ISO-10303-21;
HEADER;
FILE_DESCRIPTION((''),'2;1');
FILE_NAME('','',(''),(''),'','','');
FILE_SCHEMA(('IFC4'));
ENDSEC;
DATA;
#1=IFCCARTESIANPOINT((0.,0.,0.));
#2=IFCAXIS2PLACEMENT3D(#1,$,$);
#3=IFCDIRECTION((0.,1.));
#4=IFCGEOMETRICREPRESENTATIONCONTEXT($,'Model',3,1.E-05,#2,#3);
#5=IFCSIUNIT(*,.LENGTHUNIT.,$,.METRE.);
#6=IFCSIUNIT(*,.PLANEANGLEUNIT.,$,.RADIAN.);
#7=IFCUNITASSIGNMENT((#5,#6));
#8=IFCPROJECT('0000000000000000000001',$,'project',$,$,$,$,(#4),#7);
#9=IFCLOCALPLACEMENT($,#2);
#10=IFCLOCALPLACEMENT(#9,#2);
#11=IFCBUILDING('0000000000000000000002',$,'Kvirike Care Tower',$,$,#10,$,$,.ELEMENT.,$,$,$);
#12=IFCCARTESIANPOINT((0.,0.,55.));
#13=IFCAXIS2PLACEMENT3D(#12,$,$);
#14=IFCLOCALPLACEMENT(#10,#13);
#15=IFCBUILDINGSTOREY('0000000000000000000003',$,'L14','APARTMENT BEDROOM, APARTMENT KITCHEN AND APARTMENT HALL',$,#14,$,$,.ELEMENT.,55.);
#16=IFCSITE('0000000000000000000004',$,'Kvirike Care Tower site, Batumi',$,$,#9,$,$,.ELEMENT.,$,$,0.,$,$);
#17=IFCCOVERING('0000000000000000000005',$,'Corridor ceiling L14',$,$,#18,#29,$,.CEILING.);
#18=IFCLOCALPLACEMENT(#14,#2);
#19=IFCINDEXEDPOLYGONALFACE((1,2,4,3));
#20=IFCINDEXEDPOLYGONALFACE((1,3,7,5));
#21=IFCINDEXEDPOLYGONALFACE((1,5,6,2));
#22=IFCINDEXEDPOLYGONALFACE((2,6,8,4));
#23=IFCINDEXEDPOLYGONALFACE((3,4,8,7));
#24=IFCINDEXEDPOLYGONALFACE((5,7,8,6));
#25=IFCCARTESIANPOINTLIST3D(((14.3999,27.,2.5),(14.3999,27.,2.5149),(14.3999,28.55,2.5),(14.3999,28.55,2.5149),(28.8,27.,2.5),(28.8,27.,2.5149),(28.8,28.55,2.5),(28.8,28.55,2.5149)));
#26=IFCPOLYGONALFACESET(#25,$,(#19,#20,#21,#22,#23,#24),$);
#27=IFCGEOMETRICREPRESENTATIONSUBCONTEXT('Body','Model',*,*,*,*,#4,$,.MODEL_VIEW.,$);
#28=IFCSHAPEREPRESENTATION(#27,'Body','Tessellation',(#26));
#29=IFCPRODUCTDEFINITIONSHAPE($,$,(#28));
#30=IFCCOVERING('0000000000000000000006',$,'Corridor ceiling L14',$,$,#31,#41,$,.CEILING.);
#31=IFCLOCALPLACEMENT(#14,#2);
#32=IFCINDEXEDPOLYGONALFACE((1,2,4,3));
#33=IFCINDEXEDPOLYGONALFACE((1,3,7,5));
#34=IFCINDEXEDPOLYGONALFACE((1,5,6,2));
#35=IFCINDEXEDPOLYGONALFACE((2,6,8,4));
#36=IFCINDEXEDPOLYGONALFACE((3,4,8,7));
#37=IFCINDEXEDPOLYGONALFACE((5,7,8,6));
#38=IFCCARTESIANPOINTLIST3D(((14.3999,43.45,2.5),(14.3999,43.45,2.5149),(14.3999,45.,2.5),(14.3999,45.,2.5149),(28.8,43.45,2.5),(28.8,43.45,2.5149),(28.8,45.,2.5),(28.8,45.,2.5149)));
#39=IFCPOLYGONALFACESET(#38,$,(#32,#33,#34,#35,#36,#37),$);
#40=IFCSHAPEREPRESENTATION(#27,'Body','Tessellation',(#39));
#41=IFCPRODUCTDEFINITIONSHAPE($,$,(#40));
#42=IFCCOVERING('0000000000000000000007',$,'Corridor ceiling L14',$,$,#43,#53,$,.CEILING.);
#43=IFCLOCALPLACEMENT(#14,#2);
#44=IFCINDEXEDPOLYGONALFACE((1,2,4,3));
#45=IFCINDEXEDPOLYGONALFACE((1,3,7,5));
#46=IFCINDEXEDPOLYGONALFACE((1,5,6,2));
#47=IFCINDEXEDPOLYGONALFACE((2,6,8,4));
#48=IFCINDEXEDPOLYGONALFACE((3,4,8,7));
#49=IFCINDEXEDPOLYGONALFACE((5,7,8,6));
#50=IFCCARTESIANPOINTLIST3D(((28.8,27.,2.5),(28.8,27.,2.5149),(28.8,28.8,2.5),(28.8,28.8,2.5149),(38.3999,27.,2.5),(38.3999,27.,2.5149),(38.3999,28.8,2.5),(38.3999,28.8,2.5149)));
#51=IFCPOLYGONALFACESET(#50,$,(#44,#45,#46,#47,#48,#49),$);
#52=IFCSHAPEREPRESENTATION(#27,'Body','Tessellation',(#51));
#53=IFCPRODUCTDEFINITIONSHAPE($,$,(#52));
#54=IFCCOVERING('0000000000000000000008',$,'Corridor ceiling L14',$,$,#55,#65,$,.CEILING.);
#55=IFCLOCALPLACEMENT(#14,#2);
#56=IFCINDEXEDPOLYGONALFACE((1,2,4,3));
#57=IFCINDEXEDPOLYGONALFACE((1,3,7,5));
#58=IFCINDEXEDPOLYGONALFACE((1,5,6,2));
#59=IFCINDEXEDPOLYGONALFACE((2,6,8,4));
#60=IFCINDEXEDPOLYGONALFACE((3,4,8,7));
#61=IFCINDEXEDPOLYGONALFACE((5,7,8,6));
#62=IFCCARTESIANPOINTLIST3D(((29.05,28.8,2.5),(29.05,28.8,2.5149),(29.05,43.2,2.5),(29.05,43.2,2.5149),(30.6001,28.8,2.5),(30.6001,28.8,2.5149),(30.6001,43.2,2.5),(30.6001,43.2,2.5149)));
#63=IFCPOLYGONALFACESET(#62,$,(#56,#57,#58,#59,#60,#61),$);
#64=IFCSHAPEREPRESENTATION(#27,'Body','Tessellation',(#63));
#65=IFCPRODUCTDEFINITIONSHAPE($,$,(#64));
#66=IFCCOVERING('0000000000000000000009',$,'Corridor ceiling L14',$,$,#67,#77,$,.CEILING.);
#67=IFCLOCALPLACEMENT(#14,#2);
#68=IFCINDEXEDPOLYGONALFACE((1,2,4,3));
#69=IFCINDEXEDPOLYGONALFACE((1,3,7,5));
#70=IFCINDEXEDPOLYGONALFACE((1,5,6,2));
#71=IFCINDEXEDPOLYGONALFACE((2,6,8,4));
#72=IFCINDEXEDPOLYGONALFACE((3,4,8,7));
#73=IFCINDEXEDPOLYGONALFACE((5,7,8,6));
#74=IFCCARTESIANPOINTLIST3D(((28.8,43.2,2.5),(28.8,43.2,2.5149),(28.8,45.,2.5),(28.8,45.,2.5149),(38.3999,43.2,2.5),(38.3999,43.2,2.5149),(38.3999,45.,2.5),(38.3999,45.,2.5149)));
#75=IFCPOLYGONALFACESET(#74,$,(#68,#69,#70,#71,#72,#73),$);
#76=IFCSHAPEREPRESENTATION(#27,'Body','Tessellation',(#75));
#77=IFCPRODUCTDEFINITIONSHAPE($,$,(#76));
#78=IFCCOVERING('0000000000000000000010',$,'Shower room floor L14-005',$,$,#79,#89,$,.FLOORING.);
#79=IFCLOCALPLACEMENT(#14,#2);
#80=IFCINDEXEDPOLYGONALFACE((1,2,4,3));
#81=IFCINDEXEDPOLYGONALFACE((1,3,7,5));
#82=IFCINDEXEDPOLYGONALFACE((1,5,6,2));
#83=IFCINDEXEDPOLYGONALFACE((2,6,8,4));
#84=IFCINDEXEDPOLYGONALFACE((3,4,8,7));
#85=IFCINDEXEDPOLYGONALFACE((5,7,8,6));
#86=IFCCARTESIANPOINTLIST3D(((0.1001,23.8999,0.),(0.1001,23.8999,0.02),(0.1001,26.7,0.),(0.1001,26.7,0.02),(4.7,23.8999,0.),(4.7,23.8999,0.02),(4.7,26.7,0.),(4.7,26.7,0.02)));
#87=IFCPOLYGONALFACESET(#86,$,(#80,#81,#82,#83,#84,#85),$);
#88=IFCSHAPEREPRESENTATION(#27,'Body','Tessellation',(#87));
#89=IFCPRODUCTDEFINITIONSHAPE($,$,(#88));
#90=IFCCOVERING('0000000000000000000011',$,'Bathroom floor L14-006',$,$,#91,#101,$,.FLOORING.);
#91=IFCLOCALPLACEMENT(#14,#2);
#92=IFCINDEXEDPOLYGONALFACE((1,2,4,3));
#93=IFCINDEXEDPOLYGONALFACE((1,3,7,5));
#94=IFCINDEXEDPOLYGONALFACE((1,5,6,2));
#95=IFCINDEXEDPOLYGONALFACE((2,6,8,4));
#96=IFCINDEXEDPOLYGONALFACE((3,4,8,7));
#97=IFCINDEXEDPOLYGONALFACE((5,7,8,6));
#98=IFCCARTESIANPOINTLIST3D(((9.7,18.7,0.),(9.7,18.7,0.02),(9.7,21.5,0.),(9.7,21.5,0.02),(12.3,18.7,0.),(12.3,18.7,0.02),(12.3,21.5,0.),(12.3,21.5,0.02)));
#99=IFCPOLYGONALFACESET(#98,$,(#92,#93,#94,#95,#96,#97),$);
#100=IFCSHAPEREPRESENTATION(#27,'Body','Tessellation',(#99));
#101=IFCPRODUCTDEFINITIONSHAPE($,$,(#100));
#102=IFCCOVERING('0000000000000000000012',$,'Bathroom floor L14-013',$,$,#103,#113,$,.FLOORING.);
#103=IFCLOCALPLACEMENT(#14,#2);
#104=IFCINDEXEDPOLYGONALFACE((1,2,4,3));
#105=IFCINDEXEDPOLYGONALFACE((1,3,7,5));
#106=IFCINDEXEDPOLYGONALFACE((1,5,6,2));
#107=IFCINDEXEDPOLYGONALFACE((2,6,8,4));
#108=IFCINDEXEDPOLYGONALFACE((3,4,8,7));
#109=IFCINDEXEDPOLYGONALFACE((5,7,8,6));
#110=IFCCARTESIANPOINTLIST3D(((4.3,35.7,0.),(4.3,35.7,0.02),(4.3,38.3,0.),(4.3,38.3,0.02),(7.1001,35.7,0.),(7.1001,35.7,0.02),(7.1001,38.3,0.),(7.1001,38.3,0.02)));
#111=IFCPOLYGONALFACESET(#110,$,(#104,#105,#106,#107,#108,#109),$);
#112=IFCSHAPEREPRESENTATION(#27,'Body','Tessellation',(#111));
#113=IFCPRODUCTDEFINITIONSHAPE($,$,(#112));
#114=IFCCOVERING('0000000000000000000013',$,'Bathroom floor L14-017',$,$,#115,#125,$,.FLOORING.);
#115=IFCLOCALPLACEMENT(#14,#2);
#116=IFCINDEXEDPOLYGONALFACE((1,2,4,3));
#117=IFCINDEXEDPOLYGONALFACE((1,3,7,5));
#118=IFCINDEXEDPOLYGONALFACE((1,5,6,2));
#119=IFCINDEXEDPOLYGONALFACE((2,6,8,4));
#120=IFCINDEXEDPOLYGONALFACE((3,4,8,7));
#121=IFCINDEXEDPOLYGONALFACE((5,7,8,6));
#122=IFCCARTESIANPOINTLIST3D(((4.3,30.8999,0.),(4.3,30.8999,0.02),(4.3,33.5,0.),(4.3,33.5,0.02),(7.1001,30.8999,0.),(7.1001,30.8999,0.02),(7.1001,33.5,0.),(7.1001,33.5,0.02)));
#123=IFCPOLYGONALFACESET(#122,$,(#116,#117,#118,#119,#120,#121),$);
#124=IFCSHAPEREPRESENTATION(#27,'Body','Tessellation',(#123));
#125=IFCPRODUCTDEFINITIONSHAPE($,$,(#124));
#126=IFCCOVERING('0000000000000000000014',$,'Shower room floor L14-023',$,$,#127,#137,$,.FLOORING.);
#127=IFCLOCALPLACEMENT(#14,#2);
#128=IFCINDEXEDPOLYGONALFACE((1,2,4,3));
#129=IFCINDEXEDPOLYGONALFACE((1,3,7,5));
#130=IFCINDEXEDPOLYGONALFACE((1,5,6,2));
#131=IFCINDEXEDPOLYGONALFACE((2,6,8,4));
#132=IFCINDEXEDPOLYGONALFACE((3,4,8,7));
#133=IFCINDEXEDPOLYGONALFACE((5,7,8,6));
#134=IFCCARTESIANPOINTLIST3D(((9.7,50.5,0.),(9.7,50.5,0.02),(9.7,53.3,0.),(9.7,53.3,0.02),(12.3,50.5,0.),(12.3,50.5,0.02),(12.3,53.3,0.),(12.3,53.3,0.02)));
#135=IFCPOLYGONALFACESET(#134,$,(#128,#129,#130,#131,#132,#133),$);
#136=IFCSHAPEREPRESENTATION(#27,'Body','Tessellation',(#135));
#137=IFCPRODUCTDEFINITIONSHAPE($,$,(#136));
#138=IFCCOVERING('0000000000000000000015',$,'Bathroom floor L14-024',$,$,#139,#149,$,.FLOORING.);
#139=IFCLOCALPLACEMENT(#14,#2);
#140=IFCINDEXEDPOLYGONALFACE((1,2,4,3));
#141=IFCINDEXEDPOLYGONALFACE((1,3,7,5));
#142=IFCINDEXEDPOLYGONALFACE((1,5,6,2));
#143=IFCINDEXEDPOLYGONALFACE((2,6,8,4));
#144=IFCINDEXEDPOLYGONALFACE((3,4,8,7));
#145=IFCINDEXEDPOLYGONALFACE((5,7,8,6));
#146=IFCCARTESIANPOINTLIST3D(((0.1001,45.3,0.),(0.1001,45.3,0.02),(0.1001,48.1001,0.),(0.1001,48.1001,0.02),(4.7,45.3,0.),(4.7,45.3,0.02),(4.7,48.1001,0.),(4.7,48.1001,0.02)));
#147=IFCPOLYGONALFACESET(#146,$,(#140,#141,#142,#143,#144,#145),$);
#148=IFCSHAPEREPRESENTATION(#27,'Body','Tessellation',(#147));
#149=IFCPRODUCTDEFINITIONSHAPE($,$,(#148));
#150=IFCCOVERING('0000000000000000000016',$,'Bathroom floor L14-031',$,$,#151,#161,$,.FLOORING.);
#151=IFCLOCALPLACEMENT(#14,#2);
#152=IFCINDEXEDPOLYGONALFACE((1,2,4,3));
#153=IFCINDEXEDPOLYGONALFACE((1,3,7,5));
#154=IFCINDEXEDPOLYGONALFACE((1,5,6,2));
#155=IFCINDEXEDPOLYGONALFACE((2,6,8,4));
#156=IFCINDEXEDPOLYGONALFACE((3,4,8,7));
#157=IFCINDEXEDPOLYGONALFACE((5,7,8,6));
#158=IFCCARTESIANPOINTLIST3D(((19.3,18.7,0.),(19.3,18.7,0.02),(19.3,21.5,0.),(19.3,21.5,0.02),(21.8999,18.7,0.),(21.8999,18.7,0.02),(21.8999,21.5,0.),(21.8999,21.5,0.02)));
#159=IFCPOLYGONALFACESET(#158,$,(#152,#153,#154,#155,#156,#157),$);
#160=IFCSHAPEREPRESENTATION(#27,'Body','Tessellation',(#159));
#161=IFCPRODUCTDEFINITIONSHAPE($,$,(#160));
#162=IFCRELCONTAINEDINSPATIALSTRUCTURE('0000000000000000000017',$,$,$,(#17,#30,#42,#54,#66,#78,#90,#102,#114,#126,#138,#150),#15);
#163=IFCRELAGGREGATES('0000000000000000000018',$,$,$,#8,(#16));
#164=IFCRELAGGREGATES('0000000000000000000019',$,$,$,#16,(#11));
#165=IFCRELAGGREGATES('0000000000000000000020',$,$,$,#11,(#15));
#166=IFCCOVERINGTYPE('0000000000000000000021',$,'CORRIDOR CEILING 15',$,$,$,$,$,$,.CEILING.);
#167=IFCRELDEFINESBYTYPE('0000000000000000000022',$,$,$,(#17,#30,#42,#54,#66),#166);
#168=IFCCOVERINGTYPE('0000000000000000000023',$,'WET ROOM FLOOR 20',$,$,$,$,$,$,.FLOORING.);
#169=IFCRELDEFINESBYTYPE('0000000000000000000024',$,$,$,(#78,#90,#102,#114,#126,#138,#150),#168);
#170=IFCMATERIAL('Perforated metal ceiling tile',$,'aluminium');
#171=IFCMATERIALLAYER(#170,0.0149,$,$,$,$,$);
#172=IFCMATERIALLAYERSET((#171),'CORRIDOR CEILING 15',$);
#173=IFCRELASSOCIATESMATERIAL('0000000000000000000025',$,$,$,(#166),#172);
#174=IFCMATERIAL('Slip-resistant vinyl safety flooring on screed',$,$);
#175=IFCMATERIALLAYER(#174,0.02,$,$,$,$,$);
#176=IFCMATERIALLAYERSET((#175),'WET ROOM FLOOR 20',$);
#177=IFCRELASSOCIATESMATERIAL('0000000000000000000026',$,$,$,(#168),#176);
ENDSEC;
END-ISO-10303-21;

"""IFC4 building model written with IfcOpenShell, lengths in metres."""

from ifc_helpers import new_model, si_unit, direction, frame, origin, place, context, subcontext, project, spatial, polyline, outline, extrude, material, layer, layer_set, type_object, element, save


model = new_model("IFC4")

# Units and contexts
model_context = context("Model", 3, precision=1e-05, world=origin(), true_north=direction((0.0, 1.0)))
body_context = subcontext(model_context, "Body", "Model", "MODEL_VIEW")
ifc_project = project(units=[si_unit("LENGTHUNIT", "METRE"), si_unit("PLANEANGLEUNIT", "RADIAN")], contexts=[model_context])

# Site, building, storey
site_placement = place(None, origin())
site = spatial("IfcSite", under=ifc_project, at=site_placement, Name="Kvirike Care Tower site, Batumi", CompositionType="ELEMENT", RefElevation=0.0)
building_placement = place(site_placement, origin())
building = spatial("IfcBuilding", under=site, at=building_placement, Name="Kvirike Care Tower", CompositionType="ELEMENT")
storey_placement = place(building_placement, frame((0.0, 0.0, 55.0)))
storey = spatial("IfcBuildingStorey", under=building, at=storey_placement, Name="L14", Description="APARTMENT BEDROOM, APARTMENT KITCHEN AND APARTMENT HALL", CompositionType="ELEMENT", Elevation=55.0)

# Coverings
ifc_material_1 = material(Name="Perforated metal ceiling tile", Category="aluminium")
ifc_layer_1 = layer(ifc_material_1, 0.0149)
ifc_layer_set_1 = layer_set([ifc_layer_1], Name="CORRIDOR CEILING 15")
covering_type_1 = type_object("IfcCoveringType", Name="CORRIDOR CEILING 15", PredefinedType="CEILING", material=ifc_layer_set_1)
covering_1_placement = place(storey_placement, frame((0.0, 0.0, 2.5)))
element("IfcCovering", 1, at=covering_1_placement, inside=storey, type_object=covering_type_1, Name="Corridor ceiling L14", PredefinedType="CEILING", context=body_context, shape_type="SweptSolid", body=[
    extrude(outline(polyline([(14.3999, 27.0), (14.3999, 28.55), (28.8, 28.55), (28.8, 27.0), (14.3999, 27.0)])), origin(), (0.0, 0.0, 1.0), 0.0149),
])
covering_2_placement = place(storey_placement, frame((0.0, 0.0, 2.5)))
element("IfcCovering", 2, at=covering_2_placement, inside=storey, type_object=covering_type_1, Name="Corridor ceiling L14", PredefinedType="CEILING", context=body_context, shape_type="SweptSolid", body=[
    extrude(outline(polyline([(28.8, 45.0), (28.8, 43.45), (14.3999, 43.45), (14.3999, 45.0), (28.8, 45.0)])), origin(), (0.0, 0.0, 1.0), 0.0149),
])
covering_3_placement = place(storey_placement, frame((0.0, 0.0, 2.5)))
element("IfcCovering", 3, at=covering_3_placement, inside=storey, type_object=covering_type_1, Name="Corridor ceiling L14", PredefinedType="CEILING", context=body_context, shape_type="SweptSolid", body=[
    extrude(outline(polyline([(28.8, 27.0), (28.8, 28.8), (38.3999, 28.8), (38.3999, 27.0), (28.8, 27.0)])), origin(), (0.0, 0.0, 1.0), 0.0149),
])
covering_4_placement = place(storey_placement, frame((0.0, 0.0, 2.5)))
element("IfcCovering", 4, at=covering_4_placement, inside=storey, type_object=covering_type_1, Name="Corridor ceiling L14", PredefinedType="CEILING", context=body_context, shape_type="SweptSolid", body=[
    extrude(outline(polyline([(30.6001, 28.8), (29.05, 28.8), (29.05, 43.2), (30.6001, 43.2), (30.6001, 28.8)])), origin(), (0.0, 0.0, 1.0), 0.0149),
])
covering_5_placement = place(storey_placement, frame((0.0, 0.0, 2.5)))
element("IfcCovering", 5, at=covering_5_placement, inside=storey, type_object=covering_type_1, Name="Corridor ceiling L14", PredefinedType="CEILING", context=body_context, shape_type="SweptSolid", body=[
    extrude(outline(polyline([(38.3999, 45.0), (38.3999, 43.2), (28.8, 43.2), (28.8, 45.0), (38.3999, 45.0)])), origin(), (0.0, 0.0, 1.0), 0.0149),
])
ifc_material_2 = material(Name="Slip-resistant vinyl safety flooring on screed")
ifc_layer_2 = layer(ifc_material_2, 0.02)
ifc_layer_set_2 = layer_set([ifc_layer_2], Name="WET ROOM FLOOR 20")
covering_type_2 = type_object("IfcCoveringType", Name="WET ROOM FLOOR 20", PredefinedType="FLOORING", material=ifc_layer_set_2)
covering_6_placement = place(storey_placement, origin())
element("IfcCovering", 6, at=covering_6_placement, inside=storey, type_object=covering_type_2, Name="Shower room floor L14-005", PredefinedType="FLOORING", context=body_context, shape_type="SweptSolid", body=[
    extrude(outline(polyline([(0.1001, 23.8999), (0.1001, 26.7), (4.7, 26.7), (4.7, 23.8999), (0.1001, 23.8999)])), origin(), (0.0, 0.0, 1.0), 0.02),
])
covering_7_placement = place(storey_placement, origin())
element("IfcCovering", 7, at=covering_7_placement, inside=storey, type_object=covering_type_2, Name="Bathroom floor L14-006", PredefinedType="FLOORING", context=body_context, shape_type="SweptSolid", body=[
    extrude(outline(polyline([(9.7, 18.7), (9.7, 21.5), (12.3, 21.5), (12.3, 18.7), (9.7, 18.7)])), origin(), (0.0, 0.0, 1.0), 0.02),
])
covering_8_placement = place(storey_placement, origin())
element("IfcCovering", 8, at=covering_8_placement, inside=storey, type_object=covering_type_2, Name="Bathroom floor L14-013", PredefinedType="FLOORING", context=body_context, shape_type="SweptSolid", body=[
    extrude(outline(polyline([(4.3, 38.3), (7.1001, 38.3), (7.1001, 35.7), (4.3, 35.7), (4.3, 38.3)])), origin(), (0.0, 0.0, 1.0), 0.02),
])
covering_9_placement = place(storey_placement, origin())
element("IfcCovering", 9, at=covering_9_placement, inside=storey, type_object=covering_type_2, Name="Bathroom floor L14-017", PredefinedType="FLOORING", context=body_context, shape_type="SweptSolid", body=[
    extrude(outline(polyline([(4.3, 33.5), (7.1001, 33.5), (7.1001, 30.8999), (4.3, 30.8999), (4.3, 33.5)])), origin(), (0.0, 0.0, 1.0), 0.02),
])
covering_10_placement = place(storey_placement, origin())
element("IfcCovering", 10, at=covering_10_placement, inside=storey, type_object=covering_type_2, Name="Shower room floor L14-023", PredefinedType="FLOORING", context=body_context, shape_type="SweptSolid", body=[
    extrude(outline(polyline([(12.3, 53.3), (12.3, 50.5), (9.7, 50.5), (9.7, 53.3), (12.3, 53.3)])), origin(), (0.0, 0.0, 1.0), 0.02),
])
covering_11_placement = place(storey_placement, origin())
element("IfcCovering", 11, at=covering_11_placement, inside=storey, type_object=covering_type_2, Name="Bathroom floor L14-024", PredefinedType="FLOORING", context=body_context, shape_type="SweptSolid", body=[
    extrude(outline(polyline([(4.7, 48.1001), (4.7, 45.3), (0.1001, 45.3), (0.1001, 48.1001), (4.7, 48.1001)])), origin(), (0.0, 0.0, 1.0), 0.02),
])
covering_12_placement = place(storey_placement, origin())
element("IfcCovering", 12, at=covering_12_placement, inside=storey, type_object=covering_type_2, Name="Bathroom floor L14-031", PredefinedType="FLOORING", context=body_context, shape_type="SweptSolid", body=[
    extrude(outline(polyline([(19.3, 18.7), (19.3, 21.5), (21.8999, 21.5), (21.8999, 18.7), (19.3, 18.7)])), origin(), (0.0, 0.0, 1.0), 0.02),
])

save(model, "model.ifc")
